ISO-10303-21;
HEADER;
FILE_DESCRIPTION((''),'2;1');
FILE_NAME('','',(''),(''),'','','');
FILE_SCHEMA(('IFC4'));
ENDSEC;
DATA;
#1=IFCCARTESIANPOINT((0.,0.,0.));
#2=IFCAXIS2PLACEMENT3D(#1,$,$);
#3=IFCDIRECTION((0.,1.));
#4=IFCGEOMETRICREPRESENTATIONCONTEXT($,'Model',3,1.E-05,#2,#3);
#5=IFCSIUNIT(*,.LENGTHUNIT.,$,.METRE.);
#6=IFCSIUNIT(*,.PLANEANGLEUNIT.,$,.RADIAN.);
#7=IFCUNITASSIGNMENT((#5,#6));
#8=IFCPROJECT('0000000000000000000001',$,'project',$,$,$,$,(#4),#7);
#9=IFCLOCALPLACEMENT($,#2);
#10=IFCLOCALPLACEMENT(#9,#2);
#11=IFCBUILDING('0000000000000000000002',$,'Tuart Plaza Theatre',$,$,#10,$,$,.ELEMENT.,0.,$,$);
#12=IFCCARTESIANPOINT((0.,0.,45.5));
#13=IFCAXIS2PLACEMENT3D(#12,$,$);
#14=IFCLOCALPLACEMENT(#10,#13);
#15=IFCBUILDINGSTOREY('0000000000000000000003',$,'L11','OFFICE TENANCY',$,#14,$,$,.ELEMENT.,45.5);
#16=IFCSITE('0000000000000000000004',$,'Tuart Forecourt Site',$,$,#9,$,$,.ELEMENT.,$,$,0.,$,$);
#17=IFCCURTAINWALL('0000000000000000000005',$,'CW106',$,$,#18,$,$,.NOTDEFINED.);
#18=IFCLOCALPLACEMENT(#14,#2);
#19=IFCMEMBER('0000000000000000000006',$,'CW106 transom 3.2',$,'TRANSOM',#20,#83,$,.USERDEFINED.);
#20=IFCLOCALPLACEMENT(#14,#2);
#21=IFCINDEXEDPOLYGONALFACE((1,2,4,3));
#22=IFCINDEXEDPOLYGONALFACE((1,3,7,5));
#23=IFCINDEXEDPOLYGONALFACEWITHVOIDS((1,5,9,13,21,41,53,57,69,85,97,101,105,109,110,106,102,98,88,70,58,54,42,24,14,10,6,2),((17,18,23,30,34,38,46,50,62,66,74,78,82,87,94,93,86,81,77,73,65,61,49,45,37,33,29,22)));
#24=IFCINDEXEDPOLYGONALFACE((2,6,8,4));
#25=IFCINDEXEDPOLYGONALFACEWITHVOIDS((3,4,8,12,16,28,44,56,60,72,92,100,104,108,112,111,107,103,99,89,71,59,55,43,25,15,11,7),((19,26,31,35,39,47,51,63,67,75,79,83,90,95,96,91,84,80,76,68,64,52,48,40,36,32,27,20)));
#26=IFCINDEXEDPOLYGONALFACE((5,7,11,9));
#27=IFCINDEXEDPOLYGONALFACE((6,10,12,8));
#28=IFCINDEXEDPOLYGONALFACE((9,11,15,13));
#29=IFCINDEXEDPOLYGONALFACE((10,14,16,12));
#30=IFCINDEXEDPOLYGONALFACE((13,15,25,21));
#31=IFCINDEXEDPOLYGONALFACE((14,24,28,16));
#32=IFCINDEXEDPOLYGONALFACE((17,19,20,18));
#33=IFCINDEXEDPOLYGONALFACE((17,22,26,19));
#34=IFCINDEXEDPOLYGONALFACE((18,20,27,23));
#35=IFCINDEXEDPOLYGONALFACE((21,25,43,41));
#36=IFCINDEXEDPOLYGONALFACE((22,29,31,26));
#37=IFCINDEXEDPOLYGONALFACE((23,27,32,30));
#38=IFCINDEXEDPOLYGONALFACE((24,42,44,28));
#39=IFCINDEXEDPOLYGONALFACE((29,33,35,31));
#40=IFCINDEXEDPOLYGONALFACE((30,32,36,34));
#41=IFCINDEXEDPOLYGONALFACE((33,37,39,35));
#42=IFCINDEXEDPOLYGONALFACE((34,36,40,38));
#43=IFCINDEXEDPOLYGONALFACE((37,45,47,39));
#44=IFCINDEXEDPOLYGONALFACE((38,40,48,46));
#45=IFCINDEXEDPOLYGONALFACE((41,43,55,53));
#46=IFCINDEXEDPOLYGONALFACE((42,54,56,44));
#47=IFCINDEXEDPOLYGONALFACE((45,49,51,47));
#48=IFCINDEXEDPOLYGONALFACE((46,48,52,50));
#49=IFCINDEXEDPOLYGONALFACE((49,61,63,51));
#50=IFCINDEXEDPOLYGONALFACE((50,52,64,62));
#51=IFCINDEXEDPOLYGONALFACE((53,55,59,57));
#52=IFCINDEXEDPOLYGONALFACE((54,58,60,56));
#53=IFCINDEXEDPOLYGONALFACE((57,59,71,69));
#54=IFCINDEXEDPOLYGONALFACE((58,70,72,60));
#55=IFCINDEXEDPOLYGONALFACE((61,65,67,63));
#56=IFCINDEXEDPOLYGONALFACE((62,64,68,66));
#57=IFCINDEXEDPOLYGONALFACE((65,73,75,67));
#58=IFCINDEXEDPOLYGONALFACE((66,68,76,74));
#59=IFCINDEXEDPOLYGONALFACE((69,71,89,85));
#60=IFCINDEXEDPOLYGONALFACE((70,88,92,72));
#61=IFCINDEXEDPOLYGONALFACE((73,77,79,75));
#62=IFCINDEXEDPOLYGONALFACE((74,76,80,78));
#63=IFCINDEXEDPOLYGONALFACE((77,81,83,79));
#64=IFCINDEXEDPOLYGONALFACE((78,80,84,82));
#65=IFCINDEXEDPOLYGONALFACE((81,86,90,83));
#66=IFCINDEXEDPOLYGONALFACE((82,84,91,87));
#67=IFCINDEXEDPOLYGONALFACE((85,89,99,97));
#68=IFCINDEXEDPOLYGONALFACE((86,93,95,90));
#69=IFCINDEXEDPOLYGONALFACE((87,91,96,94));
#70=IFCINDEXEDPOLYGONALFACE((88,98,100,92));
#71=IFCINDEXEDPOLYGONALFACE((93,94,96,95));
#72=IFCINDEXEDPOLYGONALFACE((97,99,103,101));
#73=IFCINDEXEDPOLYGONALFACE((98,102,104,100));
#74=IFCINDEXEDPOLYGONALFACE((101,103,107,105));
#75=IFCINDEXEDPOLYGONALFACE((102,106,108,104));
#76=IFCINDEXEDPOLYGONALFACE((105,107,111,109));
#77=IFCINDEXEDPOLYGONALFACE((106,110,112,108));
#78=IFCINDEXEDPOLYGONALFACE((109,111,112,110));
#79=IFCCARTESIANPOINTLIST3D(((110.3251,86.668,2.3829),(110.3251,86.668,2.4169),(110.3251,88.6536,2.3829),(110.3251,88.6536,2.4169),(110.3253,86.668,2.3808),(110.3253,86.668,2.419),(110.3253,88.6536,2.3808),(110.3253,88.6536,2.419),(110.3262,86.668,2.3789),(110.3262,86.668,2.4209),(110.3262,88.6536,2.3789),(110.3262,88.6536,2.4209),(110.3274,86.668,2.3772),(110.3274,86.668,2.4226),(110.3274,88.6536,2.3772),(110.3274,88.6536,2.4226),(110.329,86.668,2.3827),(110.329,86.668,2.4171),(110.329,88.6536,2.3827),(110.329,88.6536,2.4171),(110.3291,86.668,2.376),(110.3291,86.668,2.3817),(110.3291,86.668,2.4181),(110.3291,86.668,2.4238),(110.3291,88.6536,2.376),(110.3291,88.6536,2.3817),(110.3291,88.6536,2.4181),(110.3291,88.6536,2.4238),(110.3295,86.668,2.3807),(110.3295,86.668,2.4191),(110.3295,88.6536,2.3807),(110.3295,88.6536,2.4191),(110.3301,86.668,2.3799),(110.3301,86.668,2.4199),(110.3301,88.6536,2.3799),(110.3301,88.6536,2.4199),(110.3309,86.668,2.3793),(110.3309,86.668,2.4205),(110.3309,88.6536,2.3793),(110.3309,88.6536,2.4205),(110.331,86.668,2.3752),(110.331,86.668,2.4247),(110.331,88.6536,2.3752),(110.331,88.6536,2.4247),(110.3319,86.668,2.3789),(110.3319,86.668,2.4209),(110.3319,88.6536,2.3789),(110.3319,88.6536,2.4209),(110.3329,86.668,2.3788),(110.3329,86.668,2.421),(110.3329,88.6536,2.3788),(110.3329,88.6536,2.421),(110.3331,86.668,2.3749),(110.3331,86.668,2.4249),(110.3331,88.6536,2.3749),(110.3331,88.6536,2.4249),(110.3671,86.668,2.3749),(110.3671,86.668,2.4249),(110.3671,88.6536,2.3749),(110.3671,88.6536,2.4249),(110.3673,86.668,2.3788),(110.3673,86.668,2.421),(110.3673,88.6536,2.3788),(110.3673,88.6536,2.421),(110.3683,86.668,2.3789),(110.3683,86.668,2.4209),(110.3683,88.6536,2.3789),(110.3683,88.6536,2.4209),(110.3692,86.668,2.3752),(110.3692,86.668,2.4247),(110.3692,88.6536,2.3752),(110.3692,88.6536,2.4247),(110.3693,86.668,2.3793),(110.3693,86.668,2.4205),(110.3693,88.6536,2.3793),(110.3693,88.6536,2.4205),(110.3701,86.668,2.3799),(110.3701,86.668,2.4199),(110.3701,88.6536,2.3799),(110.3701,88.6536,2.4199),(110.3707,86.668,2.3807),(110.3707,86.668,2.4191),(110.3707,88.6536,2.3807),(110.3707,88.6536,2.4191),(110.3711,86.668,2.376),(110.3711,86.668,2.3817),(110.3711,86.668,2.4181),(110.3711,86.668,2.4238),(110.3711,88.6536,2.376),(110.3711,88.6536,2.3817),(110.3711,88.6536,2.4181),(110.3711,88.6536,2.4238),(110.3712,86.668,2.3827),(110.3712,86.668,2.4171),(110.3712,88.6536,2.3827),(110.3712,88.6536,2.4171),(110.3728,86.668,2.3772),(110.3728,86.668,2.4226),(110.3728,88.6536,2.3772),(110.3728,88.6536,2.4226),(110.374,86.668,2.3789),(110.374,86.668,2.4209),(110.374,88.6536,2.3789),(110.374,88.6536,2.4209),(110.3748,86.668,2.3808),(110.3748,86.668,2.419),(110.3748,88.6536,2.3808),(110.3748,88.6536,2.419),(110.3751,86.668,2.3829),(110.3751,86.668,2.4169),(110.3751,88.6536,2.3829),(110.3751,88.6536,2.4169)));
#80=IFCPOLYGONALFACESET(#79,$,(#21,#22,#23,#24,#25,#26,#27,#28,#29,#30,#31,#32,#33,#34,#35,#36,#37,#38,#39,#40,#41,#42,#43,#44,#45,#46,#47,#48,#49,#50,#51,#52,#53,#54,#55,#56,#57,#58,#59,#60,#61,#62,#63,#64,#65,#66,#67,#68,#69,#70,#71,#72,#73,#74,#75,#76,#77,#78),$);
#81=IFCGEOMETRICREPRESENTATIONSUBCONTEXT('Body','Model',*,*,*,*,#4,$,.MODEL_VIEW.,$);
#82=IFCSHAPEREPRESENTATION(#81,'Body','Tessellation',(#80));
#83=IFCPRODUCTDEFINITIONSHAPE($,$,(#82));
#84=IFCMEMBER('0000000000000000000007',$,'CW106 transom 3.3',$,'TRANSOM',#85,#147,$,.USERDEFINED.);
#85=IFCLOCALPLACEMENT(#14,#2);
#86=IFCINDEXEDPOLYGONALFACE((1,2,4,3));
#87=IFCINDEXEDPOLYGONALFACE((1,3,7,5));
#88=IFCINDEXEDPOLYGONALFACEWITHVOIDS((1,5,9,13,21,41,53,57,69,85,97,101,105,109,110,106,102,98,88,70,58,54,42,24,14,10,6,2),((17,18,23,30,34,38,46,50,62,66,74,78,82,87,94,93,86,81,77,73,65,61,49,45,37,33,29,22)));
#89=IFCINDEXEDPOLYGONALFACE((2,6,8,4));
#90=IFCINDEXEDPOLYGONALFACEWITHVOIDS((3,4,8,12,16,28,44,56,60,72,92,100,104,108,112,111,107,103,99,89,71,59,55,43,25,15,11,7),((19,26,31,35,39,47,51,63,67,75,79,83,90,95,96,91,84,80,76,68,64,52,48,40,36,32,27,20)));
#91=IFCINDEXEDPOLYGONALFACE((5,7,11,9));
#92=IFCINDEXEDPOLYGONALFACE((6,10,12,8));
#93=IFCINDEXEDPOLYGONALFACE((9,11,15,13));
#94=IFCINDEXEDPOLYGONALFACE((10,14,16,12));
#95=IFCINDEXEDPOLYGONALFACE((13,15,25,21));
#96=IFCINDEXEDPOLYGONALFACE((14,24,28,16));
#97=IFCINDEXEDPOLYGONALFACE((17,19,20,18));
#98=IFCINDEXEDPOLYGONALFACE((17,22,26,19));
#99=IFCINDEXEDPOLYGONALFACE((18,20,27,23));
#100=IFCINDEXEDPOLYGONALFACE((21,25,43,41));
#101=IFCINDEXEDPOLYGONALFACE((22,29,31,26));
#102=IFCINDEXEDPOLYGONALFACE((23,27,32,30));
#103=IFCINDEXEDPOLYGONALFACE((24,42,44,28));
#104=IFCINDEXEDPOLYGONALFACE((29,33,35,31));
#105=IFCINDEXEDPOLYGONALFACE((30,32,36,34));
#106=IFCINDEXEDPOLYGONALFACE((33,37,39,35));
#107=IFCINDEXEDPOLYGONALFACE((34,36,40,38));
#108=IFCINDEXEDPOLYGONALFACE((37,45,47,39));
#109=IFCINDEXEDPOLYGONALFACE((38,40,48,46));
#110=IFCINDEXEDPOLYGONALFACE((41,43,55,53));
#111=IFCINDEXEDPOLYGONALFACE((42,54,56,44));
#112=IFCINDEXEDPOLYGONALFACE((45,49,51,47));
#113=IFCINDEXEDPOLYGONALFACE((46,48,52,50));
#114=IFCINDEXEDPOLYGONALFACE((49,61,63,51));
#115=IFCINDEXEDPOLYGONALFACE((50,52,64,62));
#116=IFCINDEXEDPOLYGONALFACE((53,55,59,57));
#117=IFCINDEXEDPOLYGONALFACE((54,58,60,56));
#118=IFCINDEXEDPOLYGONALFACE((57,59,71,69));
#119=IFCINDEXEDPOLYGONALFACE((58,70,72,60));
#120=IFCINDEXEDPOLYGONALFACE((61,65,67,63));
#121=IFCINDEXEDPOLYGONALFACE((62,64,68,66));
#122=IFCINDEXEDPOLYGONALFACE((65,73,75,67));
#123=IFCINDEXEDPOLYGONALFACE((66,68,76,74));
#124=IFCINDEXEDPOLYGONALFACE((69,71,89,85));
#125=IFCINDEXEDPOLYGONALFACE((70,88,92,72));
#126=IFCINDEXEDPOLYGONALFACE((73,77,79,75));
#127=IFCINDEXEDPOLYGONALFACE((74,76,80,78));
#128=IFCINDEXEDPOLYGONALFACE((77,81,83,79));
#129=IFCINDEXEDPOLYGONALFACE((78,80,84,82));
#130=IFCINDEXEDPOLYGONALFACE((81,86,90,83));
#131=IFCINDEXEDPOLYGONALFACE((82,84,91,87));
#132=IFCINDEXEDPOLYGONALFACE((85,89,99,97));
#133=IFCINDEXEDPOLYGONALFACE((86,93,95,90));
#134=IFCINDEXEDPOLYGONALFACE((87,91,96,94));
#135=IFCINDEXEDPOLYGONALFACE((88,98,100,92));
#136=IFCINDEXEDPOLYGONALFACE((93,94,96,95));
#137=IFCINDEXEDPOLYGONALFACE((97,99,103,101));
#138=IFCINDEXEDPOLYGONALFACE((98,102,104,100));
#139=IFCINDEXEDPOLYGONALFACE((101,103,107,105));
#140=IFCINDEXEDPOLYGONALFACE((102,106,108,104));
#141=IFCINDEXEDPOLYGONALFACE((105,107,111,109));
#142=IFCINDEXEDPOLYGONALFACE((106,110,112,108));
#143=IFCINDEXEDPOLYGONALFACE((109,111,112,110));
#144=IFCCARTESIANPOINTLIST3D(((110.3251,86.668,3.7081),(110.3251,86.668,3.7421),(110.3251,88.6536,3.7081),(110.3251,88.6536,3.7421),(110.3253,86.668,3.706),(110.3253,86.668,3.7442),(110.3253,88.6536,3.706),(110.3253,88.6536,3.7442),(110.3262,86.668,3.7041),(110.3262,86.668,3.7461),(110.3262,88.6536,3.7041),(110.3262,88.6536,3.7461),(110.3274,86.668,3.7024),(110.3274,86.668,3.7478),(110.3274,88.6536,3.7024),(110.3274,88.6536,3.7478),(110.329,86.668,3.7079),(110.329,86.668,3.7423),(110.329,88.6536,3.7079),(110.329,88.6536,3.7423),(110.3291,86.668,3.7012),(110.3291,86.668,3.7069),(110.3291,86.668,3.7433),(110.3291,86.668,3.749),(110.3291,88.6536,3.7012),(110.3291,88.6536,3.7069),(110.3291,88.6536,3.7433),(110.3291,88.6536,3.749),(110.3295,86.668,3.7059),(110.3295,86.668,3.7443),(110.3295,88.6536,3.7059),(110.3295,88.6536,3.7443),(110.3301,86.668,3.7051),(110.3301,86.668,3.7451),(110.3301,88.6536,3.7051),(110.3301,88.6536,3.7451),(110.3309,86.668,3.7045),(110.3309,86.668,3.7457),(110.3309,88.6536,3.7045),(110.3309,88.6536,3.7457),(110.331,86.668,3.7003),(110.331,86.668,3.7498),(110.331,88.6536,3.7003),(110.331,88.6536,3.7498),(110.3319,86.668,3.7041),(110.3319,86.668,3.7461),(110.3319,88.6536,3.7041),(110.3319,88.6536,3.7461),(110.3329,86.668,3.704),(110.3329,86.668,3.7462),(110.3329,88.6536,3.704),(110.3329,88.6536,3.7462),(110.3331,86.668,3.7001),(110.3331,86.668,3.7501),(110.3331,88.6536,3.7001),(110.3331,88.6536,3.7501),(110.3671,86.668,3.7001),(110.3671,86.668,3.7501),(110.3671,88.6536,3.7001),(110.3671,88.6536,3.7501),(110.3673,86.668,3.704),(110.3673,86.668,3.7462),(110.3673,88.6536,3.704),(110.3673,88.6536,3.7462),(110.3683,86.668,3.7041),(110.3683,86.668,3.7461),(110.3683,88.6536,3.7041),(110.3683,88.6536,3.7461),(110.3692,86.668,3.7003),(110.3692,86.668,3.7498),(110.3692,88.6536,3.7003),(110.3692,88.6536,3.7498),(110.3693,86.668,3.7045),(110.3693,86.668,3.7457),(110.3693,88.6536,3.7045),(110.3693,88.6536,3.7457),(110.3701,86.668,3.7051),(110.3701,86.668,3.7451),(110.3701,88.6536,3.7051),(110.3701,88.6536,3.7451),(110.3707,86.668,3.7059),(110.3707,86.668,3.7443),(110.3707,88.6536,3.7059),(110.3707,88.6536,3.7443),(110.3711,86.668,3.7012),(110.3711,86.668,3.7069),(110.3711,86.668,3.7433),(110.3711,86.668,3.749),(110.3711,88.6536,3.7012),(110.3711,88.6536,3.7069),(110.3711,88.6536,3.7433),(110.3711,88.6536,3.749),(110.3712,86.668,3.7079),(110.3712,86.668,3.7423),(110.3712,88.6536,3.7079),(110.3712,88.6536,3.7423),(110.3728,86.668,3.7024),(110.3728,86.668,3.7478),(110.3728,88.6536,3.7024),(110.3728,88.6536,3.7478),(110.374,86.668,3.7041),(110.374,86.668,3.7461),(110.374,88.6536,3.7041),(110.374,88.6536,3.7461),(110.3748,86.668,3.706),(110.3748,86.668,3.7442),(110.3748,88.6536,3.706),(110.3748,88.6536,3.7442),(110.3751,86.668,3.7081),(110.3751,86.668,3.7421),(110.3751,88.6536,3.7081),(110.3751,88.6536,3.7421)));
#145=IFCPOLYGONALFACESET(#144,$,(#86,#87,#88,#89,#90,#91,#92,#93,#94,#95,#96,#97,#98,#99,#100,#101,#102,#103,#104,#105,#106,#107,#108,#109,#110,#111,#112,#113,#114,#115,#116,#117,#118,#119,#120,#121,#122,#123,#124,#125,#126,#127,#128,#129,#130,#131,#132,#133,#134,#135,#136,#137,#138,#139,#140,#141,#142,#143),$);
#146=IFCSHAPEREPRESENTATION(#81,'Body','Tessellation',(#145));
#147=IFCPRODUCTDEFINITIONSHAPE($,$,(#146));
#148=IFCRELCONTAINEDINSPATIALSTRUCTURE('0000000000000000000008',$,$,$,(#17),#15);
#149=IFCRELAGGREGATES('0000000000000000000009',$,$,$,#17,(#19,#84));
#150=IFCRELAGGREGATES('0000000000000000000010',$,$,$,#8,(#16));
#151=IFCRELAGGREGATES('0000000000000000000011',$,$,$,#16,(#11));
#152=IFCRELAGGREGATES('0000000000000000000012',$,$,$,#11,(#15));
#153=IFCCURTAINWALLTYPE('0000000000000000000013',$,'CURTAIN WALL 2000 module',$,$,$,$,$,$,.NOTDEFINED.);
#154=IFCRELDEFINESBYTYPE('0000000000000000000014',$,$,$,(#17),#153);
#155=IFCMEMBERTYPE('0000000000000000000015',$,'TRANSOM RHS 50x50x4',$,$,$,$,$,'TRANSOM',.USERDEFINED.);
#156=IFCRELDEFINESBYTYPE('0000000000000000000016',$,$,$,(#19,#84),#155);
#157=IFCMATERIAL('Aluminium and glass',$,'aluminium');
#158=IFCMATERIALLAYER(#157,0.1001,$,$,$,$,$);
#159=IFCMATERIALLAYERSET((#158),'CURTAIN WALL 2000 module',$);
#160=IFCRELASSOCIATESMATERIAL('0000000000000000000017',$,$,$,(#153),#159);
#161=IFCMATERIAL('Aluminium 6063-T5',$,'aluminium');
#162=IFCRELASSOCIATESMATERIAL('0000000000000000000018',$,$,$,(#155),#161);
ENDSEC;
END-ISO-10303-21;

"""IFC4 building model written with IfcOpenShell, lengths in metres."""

from ifc_helpers import new_model, si_unit, direction, frame, origin, origin_2d, place, context, subcontext, project, spatial, hollow_rectangle, extrude, material, layer, layer_set, material_profile, profile_set, type_object, element, aggregate, save


model = new_model("IFC4")

# Units and contexts
model_context = context("Model", 3, precision=1e-05, world=origin(), true_north=direction((0.0, 1.0)))
body_context = subcontext(model_context, "Body", "Model", "MODEL_VIEW")
ifc_project = project(units=[si_unit("LENGTHUNIT", "METRE"), si_unit("PLANEANGLEUNIT", "RADIAN")], contexts=[model_context])

# Site, building, storey
site_placement = place(None, origin())
site = spatial("IfcSite", under=ifc_project, at=site_placement, Name="Tuart Forecourt Site", CompositionType="ELEMENT", RefElevation=0.0)
building_placement = place(site_placement, origin())
building = spatial("IfcBuilding", under=site, at=building_placement, Name="Tuart Plaza Theatre", CompositionType="ELEMENT", ElevationOfRefHeight=0.0)
storey_placement = place(building_placement, frame((0.0, 0.0, 45.5)))
storey = spatial("IfcBuildingStorey", under=building, at=storey_placement, Name="L11", Description="OFFICE TENANCY", CompositionType="ELEMENT", Elevation=45.5)

# Curtain wall, members
ifc_material_1 = material(Name="Aluminium and glass", Category="aluminium")
ifc_layer_1 = layer(ifc_material_1, 0.1001)
ifc_layer_set_1 = layer_set([ifc_layer_1], Name="CURTAIN WALL 2000 module")
curtain_wall_type = type_object("IfcCurtainWallType", Name="CURTAIN WALL 2000 module", PredefinedType="NOTDEFINED", material=ifc_layer_set_1)
curtain_wall_placement = place(storey_placement, origin())
curtain_wall = element("IfcCurtainWall", 1, at=curtain_wall_placement, inside=storey, type_object=curtain_wall_type, Name="CW106", PredefinedType="NOTDEFINED")
ifc_material_2 = material(Name="Aluminium 6063-T5", Category="aluminium")
ifc_material_profile_1 = material_profile(ifc_material_2, hollow_rectangle(XDim=0.05, YDim=0.05, WallThickness=0.0039, InnerFilletRadius=0.0039, OuterFilletRadius=0.0081, at=origin_2d()), Name="RHS 50x50x4")
ifc_profile_set_1 = profile_set([ifc_material_profile_1], Name="Aluminium 6063-T5")
member_type_1 = type_object("IfcMemberType", Name="TRANSOM RHS 50x50x4", ElementType="TRANSOM", PredefinedType="USERDEFINED", material=ifc_profile_set_1)
member_1_placement = place(storey_placement, frame((110.3501, 88.6536, 2.3999), z_axis=(0.0, -1.0, 0.0), x_axis=(1.0, 0.0, 0.0)))
member_1 = element("IfcMember", 2, at=member_1_placement, type_object=member_type_1, Name="CW106 transom 3.2", ObjectType="TRANSOM", PredefinedType="USERDEFINED", context=body_context, shape_type="SweptSolid", body=[
    extrude(hollow_rectangle(XDim=0.05, YDim=0.05, WallThickness=0.0039, InnerFilletRadius=0.0039, OuterFilletRadius=0.0081, at=origin_2d()), origin(), (0.0, 0.0, 1.0), 1.9856),
])
member_2_placement = place(storey_placement, frame((110.3501, 88.6536, 3.7251), z_axis=(0.0, -1.0, 0.0), x_axis=(1.0, 0.0, 0.0)))
member_2 = element("IfcMember", 3, at=member_2_placement, type_object=member_type_1, Name="CW106 transom 3.3", ObjectType="TRANSOM", PredefinedType="USERDEFINED", context=body_context, shape_type="SweptSolid", body=[
    extrude(hollow_rectangle(XDim=0.05, YDim=0.05, WallThickness=0.0039, InnerFilletRadius=0.0039, OuterFilletRadius=0.0081, at=origin_2d()), origin(), (0.0, 0.0, 1.0), 1.9856),
])
aggregate(curtain_wall, [member_1, member_2])

save(model, "model.ifc")
